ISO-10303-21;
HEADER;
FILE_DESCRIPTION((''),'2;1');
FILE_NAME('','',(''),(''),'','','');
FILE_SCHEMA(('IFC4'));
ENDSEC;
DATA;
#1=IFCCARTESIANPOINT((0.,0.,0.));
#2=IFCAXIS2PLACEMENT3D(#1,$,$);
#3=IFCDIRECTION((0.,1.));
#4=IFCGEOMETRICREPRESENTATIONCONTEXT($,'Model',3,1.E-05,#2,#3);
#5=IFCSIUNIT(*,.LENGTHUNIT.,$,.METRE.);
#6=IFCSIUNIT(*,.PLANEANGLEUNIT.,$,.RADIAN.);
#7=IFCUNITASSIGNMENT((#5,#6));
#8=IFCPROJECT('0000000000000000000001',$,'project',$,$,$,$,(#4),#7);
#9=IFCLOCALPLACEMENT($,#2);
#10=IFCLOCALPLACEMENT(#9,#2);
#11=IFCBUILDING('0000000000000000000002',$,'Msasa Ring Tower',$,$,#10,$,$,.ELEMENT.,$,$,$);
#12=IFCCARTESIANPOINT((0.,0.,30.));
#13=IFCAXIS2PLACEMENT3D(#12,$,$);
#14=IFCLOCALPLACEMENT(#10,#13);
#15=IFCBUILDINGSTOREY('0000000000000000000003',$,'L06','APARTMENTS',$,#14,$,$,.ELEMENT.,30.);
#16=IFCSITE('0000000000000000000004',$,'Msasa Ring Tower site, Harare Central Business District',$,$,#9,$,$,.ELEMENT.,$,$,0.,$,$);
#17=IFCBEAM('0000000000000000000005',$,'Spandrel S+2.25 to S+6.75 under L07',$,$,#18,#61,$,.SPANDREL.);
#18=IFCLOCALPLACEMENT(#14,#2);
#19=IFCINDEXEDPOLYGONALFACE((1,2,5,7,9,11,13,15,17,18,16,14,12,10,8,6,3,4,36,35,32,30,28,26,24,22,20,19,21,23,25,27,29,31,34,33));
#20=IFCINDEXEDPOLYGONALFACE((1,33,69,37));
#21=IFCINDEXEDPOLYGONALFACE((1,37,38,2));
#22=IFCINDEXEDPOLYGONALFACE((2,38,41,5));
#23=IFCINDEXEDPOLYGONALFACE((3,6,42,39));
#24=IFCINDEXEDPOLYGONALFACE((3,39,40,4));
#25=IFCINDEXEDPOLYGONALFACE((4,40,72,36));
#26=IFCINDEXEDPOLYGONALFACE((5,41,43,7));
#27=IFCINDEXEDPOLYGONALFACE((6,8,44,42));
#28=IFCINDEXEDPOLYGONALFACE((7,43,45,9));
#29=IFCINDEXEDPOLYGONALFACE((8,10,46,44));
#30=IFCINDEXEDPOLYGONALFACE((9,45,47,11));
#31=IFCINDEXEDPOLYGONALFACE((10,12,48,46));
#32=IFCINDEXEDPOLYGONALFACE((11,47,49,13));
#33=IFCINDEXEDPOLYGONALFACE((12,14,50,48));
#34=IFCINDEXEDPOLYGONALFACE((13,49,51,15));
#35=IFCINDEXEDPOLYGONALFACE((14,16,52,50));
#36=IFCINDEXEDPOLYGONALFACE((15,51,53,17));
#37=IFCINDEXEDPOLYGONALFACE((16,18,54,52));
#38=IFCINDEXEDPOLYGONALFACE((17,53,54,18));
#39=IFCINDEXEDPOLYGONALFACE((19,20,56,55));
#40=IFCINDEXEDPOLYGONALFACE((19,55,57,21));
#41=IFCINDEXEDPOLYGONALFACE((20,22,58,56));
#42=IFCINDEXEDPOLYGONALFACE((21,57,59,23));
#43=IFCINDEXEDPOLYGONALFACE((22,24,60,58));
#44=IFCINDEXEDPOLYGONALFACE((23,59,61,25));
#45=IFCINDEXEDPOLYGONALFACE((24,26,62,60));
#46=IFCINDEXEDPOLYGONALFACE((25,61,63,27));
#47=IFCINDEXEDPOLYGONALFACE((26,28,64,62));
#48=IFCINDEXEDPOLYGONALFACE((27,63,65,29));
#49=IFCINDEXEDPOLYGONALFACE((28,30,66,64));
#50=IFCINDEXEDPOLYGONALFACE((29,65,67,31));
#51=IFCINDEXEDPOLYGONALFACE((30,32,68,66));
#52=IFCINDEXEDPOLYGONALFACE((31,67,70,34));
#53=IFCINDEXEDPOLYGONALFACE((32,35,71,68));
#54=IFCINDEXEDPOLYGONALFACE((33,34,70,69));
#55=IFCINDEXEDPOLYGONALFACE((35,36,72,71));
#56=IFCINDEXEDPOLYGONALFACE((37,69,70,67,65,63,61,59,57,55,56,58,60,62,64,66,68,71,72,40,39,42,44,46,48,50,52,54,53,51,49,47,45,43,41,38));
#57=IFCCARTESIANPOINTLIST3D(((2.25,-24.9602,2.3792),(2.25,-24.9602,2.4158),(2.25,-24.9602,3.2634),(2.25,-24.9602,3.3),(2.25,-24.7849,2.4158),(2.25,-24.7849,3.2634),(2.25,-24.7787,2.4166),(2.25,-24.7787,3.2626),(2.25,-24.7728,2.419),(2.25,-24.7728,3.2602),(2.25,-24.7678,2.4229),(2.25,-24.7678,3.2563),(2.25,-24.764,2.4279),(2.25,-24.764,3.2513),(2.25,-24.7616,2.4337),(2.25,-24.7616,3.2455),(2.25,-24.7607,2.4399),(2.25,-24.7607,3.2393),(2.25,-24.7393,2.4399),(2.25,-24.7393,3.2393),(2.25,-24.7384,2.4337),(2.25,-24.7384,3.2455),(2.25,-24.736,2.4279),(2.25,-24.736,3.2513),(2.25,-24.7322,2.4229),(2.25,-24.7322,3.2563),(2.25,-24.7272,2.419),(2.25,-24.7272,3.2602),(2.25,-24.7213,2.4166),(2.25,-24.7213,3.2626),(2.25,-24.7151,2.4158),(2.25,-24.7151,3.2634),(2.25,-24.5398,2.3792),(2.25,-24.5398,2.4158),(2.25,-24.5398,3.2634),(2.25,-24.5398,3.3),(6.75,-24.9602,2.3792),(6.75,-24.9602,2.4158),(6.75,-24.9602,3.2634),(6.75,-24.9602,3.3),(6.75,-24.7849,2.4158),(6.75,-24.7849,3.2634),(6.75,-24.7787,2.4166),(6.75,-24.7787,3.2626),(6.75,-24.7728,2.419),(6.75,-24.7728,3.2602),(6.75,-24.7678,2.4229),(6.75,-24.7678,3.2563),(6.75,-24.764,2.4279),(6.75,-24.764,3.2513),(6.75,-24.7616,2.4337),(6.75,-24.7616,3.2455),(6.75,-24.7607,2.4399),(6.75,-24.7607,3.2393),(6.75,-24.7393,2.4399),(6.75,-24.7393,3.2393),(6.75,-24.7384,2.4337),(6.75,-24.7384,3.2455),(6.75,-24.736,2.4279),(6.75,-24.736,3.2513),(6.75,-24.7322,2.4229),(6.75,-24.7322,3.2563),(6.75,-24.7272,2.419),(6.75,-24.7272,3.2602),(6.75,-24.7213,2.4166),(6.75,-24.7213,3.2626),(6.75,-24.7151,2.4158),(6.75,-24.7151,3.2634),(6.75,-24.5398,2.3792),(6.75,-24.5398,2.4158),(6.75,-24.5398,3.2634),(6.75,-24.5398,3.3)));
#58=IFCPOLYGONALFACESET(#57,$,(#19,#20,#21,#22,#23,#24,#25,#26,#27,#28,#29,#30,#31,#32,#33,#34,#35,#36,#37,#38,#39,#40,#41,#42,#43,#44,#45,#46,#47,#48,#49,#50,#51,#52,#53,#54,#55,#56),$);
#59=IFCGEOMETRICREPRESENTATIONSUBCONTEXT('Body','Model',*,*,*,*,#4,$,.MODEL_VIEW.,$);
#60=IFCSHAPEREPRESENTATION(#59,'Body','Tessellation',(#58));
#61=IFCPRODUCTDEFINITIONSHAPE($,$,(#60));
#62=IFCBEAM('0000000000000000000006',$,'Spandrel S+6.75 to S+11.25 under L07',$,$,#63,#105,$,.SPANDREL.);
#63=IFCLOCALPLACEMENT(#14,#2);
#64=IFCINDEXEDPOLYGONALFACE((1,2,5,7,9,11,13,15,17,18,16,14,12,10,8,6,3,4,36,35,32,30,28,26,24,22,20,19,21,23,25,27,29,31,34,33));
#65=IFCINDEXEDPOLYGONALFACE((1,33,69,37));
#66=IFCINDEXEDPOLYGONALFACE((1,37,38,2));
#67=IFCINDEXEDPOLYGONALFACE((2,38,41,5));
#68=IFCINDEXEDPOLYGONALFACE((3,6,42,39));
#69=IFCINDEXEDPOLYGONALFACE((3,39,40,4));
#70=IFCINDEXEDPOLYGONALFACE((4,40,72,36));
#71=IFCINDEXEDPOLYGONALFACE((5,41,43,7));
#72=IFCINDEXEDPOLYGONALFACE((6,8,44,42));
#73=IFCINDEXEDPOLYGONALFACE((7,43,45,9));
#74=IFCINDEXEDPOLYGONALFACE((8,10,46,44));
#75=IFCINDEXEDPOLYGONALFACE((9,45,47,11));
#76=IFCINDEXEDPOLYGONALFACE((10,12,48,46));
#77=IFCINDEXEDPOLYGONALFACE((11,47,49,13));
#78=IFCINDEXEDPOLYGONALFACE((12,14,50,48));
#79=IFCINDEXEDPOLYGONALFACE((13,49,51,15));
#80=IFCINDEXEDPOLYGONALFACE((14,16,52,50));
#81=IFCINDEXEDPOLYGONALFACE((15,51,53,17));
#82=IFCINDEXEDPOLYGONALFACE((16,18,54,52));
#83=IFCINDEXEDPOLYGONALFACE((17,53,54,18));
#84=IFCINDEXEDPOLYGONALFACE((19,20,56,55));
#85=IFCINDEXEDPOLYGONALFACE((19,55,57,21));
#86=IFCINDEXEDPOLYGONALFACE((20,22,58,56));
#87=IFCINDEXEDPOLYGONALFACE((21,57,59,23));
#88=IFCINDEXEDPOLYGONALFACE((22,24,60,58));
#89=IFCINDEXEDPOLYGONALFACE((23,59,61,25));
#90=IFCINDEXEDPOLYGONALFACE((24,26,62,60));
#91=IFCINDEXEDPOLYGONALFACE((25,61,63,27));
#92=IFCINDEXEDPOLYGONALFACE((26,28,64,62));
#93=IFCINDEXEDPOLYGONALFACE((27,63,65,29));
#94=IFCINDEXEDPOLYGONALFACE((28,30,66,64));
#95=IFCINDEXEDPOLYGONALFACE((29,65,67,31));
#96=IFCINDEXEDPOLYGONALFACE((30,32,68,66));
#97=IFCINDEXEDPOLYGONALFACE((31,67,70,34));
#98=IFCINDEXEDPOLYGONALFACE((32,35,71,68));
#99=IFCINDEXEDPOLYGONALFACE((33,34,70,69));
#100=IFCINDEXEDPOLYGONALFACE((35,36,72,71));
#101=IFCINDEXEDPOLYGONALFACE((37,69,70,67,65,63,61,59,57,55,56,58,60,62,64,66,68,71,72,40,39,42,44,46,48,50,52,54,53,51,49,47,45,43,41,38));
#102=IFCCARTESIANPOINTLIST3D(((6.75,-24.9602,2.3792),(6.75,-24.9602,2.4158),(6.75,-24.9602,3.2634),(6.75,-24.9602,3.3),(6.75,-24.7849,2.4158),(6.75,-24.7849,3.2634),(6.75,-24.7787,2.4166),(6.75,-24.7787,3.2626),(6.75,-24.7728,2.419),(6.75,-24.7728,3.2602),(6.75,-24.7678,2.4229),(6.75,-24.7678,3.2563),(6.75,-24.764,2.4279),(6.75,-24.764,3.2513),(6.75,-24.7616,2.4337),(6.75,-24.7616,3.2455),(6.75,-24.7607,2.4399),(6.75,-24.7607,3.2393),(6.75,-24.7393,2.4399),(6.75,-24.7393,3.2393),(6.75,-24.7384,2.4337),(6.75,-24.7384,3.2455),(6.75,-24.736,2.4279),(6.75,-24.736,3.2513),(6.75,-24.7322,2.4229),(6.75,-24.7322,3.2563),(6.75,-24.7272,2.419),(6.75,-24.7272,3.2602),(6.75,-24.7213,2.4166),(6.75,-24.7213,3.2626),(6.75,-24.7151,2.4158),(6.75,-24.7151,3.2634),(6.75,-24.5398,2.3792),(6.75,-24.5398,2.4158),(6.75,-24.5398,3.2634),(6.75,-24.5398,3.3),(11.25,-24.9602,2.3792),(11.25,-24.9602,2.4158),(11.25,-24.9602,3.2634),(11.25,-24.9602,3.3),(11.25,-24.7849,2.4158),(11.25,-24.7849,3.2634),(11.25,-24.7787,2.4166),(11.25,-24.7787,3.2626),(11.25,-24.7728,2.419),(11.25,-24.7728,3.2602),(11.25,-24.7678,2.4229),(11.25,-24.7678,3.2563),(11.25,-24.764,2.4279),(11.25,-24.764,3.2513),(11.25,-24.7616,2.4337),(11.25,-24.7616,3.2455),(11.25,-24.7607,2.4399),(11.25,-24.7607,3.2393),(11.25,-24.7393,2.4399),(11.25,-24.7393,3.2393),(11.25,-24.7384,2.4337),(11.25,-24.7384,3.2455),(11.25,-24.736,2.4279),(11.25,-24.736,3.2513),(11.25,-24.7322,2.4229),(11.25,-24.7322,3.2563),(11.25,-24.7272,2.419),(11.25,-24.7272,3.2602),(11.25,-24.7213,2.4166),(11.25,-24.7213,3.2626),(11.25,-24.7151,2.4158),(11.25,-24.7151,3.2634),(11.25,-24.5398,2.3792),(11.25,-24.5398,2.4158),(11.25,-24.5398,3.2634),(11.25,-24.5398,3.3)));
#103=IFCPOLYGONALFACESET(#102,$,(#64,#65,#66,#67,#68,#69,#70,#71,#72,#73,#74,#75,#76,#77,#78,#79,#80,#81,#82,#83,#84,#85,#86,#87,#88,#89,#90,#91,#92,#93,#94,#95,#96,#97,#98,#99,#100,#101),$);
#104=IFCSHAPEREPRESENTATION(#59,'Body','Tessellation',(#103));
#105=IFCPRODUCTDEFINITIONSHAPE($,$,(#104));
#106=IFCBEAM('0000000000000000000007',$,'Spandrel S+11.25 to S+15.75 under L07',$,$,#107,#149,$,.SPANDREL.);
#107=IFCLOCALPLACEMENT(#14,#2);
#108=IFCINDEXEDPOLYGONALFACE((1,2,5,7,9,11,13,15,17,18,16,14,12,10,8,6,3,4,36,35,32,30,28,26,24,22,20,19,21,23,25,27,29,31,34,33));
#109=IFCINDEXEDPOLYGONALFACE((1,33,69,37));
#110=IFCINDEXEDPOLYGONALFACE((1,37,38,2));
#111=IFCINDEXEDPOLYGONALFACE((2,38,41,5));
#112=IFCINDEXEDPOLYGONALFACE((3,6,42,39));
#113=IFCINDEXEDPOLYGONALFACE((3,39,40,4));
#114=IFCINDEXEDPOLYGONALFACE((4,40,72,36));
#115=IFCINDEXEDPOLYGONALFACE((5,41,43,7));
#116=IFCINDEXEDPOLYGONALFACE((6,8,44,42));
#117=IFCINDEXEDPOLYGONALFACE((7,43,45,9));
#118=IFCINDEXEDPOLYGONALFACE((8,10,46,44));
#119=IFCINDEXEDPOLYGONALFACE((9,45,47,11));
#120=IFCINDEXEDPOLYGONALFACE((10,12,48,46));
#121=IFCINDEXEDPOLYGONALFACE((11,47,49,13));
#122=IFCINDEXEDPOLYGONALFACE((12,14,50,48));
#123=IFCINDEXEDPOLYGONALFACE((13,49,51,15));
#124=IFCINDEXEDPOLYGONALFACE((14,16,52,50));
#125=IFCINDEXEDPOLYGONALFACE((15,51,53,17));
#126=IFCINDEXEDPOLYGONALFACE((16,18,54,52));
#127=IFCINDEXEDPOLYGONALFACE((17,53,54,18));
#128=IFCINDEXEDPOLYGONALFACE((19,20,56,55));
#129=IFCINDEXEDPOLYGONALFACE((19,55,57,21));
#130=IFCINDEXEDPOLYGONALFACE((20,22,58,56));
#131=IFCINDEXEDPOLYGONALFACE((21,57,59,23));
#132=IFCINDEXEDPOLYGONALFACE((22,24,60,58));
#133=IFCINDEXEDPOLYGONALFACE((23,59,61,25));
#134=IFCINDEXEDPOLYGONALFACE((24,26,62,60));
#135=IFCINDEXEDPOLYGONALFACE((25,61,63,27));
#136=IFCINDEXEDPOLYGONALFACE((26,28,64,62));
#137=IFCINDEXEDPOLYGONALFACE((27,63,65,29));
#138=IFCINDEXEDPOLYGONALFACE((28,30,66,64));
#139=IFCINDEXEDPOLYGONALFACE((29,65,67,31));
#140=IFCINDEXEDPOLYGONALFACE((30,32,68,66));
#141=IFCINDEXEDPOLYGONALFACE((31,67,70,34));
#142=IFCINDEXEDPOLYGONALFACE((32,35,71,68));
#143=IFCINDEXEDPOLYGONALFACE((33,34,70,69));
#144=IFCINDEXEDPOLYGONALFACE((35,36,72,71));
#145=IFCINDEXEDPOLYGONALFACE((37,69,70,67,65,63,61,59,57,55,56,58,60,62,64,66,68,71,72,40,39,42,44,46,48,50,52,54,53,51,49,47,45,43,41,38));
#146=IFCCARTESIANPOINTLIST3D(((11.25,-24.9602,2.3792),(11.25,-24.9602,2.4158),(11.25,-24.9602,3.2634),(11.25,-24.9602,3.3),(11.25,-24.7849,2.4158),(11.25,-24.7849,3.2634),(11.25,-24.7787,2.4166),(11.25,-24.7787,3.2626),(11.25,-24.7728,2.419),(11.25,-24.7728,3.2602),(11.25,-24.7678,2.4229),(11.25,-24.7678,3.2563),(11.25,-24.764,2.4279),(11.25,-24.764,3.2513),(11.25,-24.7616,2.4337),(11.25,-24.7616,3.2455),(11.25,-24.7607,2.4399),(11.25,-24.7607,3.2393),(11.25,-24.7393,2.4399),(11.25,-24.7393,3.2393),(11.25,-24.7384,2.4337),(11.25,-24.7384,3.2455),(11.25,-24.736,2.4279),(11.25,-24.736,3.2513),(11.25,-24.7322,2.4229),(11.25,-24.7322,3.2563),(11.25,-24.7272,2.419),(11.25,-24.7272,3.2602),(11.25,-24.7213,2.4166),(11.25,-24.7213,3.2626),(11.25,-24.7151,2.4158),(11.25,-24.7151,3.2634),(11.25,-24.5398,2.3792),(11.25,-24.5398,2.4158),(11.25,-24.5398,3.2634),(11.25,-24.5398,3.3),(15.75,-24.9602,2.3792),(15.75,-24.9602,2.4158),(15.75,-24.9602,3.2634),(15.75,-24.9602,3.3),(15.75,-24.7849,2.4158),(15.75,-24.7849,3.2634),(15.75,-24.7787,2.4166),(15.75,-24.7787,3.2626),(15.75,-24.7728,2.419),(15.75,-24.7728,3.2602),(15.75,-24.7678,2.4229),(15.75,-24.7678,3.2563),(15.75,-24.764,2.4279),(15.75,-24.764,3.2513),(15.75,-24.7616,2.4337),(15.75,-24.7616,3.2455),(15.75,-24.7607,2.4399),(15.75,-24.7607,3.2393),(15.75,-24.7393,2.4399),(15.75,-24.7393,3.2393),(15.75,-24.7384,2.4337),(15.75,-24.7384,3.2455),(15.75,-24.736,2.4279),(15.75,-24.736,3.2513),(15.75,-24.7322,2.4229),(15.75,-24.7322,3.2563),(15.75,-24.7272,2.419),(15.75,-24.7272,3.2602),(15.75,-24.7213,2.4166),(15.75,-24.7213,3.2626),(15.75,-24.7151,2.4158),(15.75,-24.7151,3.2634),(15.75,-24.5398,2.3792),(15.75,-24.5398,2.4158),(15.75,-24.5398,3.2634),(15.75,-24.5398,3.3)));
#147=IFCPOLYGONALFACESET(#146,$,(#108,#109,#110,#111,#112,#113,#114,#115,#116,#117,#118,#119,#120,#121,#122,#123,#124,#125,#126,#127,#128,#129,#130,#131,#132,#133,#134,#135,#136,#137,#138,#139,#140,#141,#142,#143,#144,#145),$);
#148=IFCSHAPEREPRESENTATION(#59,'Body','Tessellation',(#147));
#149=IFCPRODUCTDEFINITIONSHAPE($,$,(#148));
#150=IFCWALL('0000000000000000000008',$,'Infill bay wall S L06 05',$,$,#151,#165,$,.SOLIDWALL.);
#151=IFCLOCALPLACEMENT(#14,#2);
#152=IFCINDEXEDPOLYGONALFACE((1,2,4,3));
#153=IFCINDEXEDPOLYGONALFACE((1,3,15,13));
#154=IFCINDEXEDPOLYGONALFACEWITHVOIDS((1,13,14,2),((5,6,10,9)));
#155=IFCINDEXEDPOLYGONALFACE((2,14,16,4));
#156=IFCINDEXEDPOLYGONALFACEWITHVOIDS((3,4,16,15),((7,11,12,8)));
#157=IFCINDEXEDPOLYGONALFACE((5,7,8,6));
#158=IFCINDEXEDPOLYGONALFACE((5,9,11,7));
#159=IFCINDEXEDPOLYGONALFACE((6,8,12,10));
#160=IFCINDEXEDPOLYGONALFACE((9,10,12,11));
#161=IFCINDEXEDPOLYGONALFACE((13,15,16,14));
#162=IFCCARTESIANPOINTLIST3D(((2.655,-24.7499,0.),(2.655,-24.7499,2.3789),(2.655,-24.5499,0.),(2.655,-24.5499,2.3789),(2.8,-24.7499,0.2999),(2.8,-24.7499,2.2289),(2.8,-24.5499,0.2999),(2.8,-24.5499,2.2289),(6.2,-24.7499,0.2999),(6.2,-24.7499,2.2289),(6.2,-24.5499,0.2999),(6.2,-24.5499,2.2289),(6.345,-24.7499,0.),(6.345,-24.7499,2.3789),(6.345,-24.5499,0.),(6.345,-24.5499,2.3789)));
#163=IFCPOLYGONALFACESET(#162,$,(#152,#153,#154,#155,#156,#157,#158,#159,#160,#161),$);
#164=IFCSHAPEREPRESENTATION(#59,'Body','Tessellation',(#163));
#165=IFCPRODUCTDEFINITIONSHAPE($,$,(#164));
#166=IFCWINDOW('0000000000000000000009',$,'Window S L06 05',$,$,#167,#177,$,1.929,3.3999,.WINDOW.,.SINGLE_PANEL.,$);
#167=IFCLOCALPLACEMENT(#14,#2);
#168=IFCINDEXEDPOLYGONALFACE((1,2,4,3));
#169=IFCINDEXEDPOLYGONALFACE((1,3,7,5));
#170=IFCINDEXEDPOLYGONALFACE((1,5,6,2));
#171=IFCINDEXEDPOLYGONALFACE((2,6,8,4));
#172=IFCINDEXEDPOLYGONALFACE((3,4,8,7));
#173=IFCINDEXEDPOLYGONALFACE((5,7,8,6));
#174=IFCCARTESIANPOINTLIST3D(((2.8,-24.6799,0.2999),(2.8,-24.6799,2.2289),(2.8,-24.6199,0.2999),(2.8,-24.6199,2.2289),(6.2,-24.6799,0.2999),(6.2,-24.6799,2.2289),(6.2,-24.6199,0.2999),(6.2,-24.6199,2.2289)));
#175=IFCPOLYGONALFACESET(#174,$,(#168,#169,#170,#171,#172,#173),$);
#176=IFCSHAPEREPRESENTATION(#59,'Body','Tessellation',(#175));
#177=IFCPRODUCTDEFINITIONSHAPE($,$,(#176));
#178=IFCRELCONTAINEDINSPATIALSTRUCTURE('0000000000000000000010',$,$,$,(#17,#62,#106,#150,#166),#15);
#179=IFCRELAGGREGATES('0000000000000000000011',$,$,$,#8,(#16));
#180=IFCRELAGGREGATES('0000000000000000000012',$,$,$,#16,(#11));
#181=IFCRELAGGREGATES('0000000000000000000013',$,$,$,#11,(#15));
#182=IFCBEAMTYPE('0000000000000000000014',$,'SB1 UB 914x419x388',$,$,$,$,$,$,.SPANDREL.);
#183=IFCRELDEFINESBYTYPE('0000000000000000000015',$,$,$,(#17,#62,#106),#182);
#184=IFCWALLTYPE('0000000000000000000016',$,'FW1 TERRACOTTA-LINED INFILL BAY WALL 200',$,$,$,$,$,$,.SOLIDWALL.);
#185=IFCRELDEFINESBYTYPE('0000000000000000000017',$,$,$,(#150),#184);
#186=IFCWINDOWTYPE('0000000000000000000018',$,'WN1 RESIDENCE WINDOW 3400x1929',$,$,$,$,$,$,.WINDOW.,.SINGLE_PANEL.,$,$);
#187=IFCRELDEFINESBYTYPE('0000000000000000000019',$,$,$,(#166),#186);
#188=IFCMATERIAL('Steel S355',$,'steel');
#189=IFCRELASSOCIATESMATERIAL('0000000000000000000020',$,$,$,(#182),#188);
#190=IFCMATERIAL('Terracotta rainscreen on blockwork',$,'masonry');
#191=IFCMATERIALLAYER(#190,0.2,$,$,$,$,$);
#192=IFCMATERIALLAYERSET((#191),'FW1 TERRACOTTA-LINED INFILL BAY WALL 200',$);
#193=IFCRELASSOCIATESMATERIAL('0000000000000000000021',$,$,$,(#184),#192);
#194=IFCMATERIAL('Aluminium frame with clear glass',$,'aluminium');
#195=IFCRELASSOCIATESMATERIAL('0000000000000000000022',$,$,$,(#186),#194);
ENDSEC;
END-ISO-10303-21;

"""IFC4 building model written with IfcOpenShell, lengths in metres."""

from ifc_helpers import new_model, si_unit, direction, frame, frame_2d, origin, origin_2d, place, context, subcontext, project, spatial, rectangle, i_section, extrude, material, layer, layer_set, material_profile, profile_set, type_object, element, fill, save


model = new_model("IFC4")

# Units and contexts
model_context = context("Model", 3, precision=1e-05, world=origin(), true_north=direction((0.0, 1.0)))
body_context = subcontext(model_context, "Body", "Model", "MODEL_VIEW")
ifc_project = project(units=[si_unit("LENGTHUNIT", "METRE"), si_unit("PLANEANGLEUNIT", "RADIAN")], contexts=[model_context])

# Site, building, storey
site_placement = place(None, origin())
site = spatial("IfcSite", under=ifc_project, at=site_placement, Name="Msasa Ring Tower site, Harare Central Business District", CompositionType="ELEMENT", RefElevation=0.0)
building_placement = place(site_placement, origin())
building = spatial("IfcBuilding", under=site, at=building_placement, Name="Msasa Ring Tower", CompositionType="ELEMENT")
storey_placement = place(building_placement, frame((0.0, 0.0, 30.0)))
storey = spatial("IfcBuildingStorey", under=building, at=storey_placement, Name="L06", Description="APARTMENTS", CompositionType="ELEMENT", Elevation=30.0)

# Beams
ifc_material_1 = material(Name="Steel S355", Category="steel")
ifc_material_profile_1 = material_profile(ifc_material_1, i_section(OverallWidth=0.4204, OverallDepth=0.9209, WebThickness=0.0215, FlangeThickness=0.0366, FilletRadius=0.0242, at=origin_2d()), Name="UB 914x419x388")
ifc_profile_set_1 = profile_set([ifc_material_profile_1], Name="Steel S355")
beam_type_1 = type_object("IfcBeamType", Name="SB1 UB 914x419x388", PredefinedType="SPANDREL", material=ifc_profile_set_1)
for number, where, z_axis, x_axis, name in (
    (1, (2.25, -24.75, 2.8396), (1.0, 0.0, 0.0), (0.0, 1.0, 0.0), "Spandrel S+2.25 to S+6.75 under L07"),
    (2, (6.75, -24.75, 2.8396), (1.0, 0.0, 0.0), (0.0, 1.0, 0.0), "Spandrel S+6.75 to S+11.25 under L07"),
    (3, (11.25, -24.75, 2.8396), (1.0, 0.0, 0.0), (0.0, 1.0, 0.0), "Spandrel S+11.25 to S+15.75 under L07"),
):
    element("IfcBeam", number, at=place(storey_placement, frame(where, z_axis=z_axis, x_axis=x_axis)), inside=storey, type_object=beam_type_1, Name=name, PredefinedType="SPANDREL", context=body_context, shape_type="SweptSolid", body=[
        extrude(i_section(OverallWidth=0.4204, OverallDepth=0.9209, WebThickness=0.0215, FlangeThickness=0.0366, FilletRadius=0.0242, at=origin_2d()), origin(), (0.0, 0.0, 1.0), 4.5),
    ])

# Wall, opening, window
ifc_material_2 = material(Name="Terracotta rainscreen on blockwork", Category="masonry")
ifc_layer_1 = layer(ifc_material_2, 0.2)
ifc_layer_set_1 = layer_set([ifc_layer_1], Name="FW1 TERRACOTTA-LINED INFILL BAY WALL 200")
wall_type_1 = type_object("IfcWallType", Name="FW1 TERRACOTTA-LINED INFILL BAY WALL 200", PredefinedType="SOLIDWALL", material=ifc_layer_set_1)
wall_1_placement = place(storey_placement, frame((2.655, -24.6499, 0.0), z_axis=(0.0, 0.0, 1.0), x_axis=(1.0, 0.0, 0.0)))
wall_1 = element("IfcWall", 4, at=wall_1_placement, inside=storey, type_object=wall_type_1, Name="Infill bay wall S L06 05", PredefinedType="SOLIDWALL", context=body_context, shape_type="SweptSolid", body=[
    extrude(rectangle(XDim=3.6899, YDim=0.2, at=frame_2d((1.845, 0.0))), origin(), (0.0, 0.0, 1.0), 2.3789),
])
opening_1_placement = place(wall_1_placement, frame((0.145, 0.0, 0.3)))
opening_1 = element("IfcOpeningElement", 5, at=opening_1_placement, cuts=wall_1, PredefinedType="OPENING", context=body_context, shape_type="SweptSolid", body=[
    extrude(rectangle(XDim=3.3999, YDim=1.929, at=frame_2d((1.7, 0.9644))), frame((0.0, 0.1099, 0.0), z_axis=(0.0, -1.0, 0.0), x_axis=(1.0, 0.0, 0.0)), (0.0, 0.0, 1.0), 0.22),
])
ifc_material_3 = material(Name="Aluminium frame with clear glass", Category="aluminium")
window_type = type_object("IfcWindowType", Name="WN1 RESIDENCE WINDOW 3400x1929", PartitioningType="SINGLE_PANEL", PredefinedType="WINDOW", material=ifc_material_3)
window_1_placement = place(opening_1_placement, origin())
window_1 = element("IfcWindow", 6, at=window_1_placement, inside=storey, type_object=window_type, Name="Window S L06 05", OverallHeight=1.929, OverallWidth=3.3999, PartitioningType="SINGLE_PANEL", PredefinedType="WINDOW", context=body_context, shape_type="SweptSolid", body=[
    extrude(rectangle(XDim=3.3999, YDim=1.929, at=frame_2d((1.7, 0.9644))), frame((0.0, 0.03, 0.0), z_axis=(0.0, -1.0, 0.0), x_axis=(1.0, 0.0, 0.0)), (0.0, 0.0, 1.0), 0.0601),
])
fill(opening_1, window_1)

save(model, "model.ifc")
